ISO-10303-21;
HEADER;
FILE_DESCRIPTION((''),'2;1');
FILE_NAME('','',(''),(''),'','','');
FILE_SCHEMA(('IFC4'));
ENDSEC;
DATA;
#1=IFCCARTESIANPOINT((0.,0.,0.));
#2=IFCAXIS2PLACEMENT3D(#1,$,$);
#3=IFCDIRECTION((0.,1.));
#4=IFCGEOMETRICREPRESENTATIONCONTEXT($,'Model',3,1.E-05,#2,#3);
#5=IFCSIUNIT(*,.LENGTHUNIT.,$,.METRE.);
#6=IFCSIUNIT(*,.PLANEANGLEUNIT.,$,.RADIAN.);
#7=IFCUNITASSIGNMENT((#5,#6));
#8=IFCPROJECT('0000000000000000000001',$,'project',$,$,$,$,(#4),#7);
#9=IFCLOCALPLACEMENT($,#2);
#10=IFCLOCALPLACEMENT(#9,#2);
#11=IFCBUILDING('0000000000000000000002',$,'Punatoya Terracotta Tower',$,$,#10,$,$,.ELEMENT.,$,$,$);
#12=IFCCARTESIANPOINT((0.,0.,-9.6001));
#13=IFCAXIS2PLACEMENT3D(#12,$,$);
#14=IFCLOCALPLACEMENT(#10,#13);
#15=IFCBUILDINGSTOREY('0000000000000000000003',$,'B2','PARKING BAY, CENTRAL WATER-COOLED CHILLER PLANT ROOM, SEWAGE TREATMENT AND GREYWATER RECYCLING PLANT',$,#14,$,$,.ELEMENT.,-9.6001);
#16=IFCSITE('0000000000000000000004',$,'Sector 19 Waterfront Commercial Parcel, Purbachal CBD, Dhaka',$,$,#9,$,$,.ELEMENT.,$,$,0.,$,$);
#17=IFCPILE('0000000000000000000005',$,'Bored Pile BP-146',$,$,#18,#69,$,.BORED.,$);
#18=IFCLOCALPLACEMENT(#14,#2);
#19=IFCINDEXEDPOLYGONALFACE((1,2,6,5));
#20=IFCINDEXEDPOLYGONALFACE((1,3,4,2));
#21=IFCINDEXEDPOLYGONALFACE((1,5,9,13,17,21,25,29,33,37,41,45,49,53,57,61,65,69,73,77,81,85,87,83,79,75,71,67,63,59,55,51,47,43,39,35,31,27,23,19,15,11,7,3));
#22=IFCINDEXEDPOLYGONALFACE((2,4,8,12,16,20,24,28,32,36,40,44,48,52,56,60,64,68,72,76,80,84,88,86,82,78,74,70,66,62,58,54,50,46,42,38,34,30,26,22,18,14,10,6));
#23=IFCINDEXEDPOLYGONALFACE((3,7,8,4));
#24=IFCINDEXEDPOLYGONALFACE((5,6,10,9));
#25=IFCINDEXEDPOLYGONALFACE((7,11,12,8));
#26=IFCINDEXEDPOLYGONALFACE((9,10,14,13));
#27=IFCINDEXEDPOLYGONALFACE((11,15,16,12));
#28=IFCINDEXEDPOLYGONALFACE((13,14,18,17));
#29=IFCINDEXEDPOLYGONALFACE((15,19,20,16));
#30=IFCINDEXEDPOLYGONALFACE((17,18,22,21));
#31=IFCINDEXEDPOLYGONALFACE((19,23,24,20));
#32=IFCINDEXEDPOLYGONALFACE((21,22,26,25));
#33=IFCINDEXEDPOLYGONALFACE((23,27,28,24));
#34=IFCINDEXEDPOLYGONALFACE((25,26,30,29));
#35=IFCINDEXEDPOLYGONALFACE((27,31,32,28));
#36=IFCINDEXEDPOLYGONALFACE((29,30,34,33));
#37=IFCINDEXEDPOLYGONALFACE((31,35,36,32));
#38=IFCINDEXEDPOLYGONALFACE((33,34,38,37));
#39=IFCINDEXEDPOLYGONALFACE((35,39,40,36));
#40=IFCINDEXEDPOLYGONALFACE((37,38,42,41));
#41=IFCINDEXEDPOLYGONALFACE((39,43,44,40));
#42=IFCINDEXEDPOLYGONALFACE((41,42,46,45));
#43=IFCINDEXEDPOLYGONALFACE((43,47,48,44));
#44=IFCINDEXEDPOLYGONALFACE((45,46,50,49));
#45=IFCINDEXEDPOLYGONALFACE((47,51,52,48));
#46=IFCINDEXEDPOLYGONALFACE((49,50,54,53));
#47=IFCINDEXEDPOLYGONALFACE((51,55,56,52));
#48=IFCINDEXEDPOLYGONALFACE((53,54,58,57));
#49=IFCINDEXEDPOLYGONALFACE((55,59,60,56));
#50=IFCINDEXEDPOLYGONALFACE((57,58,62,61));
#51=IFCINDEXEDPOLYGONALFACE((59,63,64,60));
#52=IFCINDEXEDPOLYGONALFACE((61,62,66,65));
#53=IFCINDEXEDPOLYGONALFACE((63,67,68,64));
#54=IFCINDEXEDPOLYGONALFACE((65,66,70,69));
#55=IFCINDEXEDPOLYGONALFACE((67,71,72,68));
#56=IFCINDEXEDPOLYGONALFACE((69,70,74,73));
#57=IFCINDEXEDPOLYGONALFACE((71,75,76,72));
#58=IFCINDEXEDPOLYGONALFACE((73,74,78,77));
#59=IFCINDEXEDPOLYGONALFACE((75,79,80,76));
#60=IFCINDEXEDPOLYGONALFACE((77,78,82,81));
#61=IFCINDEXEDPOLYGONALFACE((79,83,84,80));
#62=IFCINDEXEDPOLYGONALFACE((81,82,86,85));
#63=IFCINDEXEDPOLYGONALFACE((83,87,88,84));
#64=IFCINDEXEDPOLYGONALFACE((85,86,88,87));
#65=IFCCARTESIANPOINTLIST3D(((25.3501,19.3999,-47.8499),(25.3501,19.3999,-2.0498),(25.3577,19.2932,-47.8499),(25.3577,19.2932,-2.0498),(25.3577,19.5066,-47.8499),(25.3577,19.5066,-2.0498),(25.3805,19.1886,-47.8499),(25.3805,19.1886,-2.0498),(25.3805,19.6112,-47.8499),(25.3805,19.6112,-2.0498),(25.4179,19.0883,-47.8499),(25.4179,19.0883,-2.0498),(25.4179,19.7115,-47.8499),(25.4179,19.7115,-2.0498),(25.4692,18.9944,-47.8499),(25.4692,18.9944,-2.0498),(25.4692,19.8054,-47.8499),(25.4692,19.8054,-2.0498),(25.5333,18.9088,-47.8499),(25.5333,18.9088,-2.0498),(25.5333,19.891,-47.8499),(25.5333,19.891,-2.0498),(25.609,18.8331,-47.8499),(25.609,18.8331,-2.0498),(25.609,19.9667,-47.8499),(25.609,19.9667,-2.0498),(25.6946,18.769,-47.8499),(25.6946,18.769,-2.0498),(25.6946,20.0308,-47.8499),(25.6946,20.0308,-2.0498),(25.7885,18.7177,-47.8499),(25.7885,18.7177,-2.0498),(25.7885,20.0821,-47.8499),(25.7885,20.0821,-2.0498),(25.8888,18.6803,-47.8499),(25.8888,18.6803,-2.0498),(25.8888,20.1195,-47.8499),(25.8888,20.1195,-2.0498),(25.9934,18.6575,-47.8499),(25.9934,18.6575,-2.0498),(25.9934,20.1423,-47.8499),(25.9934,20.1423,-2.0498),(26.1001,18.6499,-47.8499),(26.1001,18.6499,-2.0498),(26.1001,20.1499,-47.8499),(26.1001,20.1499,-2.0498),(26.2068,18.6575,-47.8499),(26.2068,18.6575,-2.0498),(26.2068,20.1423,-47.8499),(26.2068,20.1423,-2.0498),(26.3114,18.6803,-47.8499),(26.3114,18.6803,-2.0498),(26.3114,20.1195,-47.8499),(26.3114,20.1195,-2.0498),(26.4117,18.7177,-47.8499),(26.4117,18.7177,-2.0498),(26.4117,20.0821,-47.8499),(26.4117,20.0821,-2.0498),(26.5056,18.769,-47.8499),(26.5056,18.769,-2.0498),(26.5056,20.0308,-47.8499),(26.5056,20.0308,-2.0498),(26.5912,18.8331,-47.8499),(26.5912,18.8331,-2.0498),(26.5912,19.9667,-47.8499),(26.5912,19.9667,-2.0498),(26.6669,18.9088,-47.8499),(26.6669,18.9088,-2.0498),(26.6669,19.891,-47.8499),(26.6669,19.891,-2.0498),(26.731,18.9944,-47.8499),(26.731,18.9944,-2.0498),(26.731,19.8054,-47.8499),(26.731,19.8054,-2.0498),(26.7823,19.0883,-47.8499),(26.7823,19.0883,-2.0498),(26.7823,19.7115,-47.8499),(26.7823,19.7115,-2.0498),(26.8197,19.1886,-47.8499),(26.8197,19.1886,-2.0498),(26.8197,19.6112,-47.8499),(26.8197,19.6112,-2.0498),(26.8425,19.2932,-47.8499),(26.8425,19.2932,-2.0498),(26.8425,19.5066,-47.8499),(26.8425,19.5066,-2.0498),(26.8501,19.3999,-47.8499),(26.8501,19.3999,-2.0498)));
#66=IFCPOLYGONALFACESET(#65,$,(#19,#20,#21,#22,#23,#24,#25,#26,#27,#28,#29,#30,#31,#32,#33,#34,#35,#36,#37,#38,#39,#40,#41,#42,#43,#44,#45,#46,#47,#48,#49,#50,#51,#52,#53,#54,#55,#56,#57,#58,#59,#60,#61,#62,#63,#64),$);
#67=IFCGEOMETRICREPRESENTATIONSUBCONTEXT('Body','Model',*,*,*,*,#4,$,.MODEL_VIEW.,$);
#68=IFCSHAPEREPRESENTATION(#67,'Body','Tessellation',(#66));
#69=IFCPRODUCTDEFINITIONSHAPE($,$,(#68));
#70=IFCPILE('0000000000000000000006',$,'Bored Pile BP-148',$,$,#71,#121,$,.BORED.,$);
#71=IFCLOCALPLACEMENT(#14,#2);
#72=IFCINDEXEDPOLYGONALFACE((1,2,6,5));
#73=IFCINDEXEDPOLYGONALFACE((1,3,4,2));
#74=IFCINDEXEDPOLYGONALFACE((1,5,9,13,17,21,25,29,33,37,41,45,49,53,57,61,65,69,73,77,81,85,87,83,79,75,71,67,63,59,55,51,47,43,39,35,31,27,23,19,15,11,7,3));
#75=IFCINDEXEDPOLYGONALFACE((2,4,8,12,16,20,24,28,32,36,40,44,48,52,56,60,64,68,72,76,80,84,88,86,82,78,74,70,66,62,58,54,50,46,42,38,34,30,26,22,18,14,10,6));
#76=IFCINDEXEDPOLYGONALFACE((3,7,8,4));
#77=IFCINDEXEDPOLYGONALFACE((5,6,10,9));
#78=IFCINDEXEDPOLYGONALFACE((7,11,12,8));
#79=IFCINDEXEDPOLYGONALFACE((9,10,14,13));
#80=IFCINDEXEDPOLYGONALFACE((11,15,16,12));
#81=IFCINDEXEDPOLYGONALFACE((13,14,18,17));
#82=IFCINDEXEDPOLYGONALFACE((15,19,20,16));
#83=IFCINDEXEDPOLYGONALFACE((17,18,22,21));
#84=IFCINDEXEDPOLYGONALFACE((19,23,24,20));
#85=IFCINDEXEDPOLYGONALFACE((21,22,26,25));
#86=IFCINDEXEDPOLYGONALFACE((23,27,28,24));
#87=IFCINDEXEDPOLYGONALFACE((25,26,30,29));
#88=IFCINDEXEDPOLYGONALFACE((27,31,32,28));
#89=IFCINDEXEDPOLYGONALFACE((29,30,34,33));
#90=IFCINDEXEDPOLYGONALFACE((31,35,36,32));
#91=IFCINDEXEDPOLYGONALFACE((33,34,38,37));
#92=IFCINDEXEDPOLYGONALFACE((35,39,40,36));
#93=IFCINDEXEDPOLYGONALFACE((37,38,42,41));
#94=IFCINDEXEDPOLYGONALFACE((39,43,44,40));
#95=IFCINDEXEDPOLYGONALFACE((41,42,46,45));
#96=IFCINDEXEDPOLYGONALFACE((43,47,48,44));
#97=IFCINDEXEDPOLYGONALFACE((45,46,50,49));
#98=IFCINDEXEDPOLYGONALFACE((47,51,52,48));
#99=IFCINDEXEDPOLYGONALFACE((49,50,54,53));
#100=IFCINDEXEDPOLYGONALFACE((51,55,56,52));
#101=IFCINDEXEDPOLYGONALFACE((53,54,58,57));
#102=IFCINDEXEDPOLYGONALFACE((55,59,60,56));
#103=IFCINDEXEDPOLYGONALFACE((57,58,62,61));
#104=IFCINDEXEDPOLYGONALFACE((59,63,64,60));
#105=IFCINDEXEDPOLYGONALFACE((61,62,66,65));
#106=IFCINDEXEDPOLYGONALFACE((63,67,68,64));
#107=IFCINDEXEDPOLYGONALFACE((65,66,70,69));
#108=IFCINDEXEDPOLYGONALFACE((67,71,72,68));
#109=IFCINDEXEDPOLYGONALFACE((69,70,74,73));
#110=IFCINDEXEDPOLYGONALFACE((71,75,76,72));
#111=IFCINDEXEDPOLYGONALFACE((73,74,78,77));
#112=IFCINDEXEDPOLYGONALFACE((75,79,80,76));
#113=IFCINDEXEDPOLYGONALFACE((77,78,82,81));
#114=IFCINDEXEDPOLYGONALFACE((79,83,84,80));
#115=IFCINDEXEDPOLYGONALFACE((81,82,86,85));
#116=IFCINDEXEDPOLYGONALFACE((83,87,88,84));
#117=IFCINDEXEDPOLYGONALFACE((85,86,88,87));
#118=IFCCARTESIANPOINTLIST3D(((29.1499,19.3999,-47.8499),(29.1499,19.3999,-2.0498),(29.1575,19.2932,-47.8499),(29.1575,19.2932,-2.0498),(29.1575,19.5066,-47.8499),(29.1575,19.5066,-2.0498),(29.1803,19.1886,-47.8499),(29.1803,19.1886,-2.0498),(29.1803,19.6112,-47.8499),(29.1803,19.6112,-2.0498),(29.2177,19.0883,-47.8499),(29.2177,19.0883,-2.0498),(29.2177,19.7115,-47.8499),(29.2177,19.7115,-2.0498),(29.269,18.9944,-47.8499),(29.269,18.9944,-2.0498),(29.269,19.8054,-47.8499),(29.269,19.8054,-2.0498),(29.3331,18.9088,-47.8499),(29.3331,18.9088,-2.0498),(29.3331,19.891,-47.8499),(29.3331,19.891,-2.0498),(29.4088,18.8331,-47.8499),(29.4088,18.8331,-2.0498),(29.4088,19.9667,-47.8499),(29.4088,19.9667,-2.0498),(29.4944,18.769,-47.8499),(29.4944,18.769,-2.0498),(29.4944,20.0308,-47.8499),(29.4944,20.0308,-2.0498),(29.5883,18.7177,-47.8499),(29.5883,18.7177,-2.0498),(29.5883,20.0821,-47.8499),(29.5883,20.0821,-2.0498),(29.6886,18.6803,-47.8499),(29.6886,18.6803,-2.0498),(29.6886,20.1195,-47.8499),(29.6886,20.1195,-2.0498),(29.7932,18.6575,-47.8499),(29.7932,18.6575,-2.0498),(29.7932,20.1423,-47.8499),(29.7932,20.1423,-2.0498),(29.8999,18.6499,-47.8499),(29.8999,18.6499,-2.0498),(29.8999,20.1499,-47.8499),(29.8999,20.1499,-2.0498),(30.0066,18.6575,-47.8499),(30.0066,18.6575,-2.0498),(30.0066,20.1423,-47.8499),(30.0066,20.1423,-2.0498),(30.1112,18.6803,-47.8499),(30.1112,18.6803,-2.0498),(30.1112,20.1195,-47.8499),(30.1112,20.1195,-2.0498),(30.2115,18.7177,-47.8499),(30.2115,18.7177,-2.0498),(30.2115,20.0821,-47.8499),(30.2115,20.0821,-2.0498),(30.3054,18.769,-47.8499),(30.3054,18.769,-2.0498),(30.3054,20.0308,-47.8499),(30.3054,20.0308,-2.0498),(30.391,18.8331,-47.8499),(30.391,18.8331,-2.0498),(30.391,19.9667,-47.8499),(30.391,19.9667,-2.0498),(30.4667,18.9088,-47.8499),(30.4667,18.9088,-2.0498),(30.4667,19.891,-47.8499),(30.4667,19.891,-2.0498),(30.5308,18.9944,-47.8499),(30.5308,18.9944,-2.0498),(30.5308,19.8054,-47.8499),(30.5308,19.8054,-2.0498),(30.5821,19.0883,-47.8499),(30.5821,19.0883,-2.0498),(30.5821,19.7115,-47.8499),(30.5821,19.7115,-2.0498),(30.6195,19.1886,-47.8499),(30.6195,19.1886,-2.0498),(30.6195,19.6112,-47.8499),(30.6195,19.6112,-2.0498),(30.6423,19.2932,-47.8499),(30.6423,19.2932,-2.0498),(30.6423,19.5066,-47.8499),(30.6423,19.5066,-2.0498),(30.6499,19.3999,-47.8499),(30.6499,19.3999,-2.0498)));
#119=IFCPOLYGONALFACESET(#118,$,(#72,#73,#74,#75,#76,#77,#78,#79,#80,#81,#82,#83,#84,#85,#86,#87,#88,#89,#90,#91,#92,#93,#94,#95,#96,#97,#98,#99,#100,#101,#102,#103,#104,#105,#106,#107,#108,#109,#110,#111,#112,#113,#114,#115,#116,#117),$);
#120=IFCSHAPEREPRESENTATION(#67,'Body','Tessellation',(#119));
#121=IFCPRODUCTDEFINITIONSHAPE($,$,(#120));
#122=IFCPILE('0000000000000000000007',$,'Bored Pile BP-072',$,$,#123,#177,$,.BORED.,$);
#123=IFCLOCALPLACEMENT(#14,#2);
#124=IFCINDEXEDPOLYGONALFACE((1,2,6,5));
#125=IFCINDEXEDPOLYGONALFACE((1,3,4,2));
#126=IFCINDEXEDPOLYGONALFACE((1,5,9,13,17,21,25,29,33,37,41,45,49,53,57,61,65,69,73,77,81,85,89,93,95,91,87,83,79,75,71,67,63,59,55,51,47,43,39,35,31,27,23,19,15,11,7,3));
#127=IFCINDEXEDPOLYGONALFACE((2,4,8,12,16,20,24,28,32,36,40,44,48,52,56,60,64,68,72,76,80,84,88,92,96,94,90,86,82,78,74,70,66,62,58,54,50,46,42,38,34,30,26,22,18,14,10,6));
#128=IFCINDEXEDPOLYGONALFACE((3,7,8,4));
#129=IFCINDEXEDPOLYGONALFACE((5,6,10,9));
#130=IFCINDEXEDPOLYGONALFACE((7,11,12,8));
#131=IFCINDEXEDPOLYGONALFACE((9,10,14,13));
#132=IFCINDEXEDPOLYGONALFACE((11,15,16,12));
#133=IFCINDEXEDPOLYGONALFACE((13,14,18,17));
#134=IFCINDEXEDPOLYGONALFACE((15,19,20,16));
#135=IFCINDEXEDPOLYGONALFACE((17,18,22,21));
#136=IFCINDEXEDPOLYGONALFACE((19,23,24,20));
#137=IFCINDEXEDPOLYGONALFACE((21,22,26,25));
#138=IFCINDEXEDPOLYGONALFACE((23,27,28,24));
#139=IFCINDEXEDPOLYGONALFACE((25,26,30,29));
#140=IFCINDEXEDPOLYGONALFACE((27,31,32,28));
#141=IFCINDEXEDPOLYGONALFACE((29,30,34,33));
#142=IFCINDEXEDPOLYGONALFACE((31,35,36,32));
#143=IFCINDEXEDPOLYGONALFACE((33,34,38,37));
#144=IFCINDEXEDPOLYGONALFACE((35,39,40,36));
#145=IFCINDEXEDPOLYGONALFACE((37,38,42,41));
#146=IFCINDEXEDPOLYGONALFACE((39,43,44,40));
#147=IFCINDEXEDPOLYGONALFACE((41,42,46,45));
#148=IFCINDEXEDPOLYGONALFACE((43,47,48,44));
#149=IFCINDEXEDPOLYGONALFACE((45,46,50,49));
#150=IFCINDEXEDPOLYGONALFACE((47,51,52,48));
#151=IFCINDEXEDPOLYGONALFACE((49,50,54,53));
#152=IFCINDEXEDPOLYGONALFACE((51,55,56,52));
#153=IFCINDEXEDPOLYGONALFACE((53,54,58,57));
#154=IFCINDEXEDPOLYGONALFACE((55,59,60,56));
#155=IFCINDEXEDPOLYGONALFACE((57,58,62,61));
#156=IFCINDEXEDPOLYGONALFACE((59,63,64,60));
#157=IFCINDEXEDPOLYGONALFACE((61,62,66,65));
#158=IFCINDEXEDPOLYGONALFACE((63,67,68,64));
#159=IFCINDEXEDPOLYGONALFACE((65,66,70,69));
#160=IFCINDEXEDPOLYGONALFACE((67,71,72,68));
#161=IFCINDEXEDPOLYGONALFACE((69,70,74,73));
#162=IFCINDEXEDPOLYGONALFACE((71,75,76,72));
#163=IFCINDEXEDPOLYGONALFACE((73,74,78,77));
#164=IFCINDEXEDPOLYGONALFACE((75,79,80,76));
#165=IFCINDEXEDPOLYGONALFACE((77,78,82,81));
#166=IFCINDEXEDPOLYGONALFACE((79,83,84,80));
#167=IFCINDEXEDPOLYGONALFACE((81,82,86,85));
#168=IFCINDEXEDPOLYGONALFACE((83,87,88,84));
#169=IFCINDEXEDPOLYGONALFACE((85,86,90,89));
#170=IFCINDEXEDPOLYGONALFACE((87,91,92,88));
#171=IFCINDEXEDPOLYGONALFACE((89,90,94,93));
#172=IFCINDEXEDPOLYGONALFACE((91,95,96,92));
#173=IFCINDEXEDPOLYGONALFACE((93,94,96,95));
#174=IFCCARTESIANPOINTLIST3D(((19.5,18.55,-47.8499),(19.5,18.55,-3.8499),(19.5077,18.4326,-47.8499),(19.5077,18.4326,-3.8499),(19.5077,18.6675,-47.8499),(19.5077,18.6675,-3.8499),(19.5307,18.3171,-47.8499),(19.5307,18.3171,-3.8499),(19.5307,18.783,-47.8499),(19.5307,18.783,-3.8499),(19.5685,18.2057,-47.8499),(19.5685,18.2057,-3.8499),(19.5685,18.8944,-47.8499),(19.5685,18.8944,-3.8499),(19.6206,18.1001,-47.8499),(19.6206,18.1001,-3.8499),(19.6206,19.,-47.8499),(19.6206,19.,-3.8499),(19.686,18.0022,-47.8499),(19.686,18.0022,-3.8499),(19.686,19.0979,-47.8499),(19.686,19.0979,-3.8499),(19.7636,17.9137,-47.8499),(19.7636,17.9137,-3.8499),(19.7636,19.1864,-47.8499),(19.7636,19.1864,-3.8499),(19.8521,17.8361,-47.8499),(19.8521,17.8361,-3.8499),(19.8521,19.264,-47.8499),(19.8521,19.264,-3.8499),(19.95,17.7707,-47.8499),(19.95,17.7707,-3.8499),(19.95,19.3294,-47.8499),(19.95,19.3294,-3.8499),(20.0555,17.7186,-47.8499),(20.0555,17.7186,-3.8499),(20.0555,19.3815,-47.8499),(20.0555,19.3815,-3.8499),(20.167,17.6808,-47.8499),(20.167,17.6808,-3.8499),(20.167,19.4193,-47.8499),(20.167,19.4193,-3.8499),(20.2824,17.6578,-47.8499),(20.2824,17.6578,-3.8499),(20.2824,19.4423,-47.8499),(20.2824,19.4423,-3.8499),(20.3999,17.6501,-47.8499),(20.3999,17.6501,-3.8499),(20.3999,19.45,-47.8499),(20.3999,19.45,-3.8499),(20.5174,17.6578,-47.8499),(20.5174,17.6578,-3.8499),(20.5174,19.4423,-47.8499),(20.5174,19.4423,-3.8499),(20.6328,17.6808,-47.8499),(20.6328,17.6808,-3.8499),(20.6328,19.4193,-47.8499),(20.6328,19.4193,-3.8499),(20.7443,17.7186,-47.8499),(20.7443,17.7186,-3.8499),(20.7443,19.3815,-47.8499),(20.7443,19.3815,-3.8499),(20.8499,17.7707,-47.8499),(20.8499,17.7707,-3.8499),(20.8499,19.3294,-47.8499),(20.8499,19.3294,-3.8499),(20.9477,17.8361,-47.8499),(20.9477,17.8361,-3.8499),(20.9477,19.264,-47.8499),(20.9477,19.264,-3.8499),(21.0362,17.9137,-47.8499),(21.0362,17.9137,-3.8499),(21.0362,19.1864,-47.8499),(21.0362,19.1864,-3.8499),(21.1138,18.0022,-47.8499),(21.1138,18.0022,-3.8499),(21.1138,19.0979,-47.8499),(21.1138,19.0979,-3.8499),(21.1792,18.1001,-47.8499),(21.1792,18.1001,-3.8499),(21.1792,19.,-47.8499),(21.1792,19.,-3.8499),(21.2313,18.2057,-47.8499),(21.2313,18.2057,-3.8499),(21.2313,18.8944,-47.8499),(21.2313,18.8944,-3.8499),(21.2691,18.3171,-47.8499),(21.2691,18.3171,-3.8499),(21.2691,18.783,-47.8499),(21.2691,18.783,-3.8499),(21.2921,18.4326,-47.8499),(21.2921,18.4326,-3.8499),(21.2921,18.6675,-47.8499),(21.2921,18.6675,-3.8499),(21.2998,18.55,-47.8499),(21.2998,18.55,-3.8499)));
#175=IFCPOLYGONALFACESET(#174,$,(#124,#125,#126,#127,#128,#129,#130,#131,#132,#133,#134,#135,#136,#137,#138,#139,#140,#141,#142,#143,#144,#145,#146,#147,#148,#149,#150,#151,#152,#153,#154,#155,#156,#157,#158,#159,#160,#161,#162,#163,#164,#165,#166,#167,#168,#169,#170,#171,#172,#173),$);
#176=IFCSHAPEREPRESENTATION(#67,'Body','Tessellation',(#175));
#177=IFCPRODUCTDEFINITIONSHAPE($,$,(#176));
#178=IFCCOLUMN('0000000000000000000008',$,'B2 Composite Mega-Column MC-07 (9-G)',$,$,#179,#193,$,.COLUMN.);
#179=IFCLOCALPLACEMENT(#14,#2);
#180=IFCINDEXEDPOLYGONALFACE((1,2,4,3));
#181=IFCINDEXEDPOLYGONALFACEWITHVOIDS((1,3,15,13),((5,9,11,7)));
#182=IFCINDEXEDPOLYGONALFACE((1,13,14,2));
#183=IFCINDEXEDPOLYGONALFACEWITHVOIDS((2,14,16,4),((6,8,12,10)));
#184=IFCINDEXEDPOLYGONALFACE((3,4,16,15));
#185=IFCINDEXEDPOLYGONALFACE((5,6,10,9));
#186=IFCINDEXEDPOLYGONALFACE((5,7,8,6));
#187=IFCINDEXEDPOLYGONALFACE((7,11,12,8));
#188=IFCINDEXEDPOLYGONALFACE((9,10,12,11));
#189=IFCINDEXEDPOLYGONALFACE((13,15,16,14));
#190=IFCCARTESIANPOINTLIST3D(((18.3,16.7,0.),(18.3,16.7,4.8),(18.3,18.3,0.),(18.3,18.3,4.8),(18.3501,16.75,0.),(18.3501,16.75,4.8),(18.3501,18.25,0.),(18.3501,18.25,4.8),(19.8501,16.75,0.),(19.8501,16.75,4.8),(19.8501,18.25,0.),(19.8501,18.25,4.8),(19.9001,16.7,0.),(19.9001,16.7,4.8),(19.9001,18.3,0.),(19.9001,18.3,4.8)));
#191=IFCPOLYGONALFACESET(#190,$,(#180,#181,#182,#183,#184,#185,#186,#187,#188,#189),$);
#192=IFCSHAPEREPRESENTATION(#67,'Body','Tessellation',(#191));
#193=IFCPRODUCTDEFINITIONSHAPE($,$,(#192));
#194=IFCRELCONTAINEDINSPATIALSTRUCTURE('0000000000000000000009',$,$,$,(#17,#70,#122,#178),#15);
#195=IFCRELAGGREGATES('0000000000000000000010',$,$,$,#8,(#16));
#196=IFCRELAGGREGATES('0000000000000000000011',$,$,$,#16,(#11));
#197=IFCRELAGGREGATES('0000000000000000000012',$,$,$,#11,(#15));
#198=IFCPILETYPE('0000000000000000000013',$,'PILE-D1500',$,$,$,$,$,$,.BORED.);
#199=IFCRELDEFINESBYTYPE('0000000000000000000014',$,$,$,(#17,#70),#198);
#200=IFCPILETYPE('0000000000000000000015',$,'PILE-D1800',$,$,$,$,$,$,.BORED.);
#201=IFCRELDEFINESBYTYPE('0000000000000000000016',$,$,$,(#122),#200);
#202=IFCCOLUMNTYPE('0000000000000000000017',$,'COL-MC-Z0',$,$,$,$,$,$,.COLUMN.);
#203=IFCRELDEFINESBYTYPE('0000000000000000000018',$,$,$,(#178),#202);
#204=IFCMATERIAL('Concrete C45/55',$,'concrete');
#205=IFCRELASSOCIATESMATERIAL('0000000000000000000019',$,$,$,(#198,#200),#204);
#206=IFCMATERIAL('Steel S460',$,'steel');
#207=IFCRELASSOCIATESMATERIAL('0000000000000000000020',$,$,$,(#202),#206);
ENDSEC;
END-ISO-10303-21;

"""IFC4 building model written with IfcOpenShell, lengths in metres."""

from ifc_helpers import new_model, si_unit, direction, frame, origin, origin_2d, place, context, subcontext, project, spatial, hollow_rectangle, circle, extrude, material, material_profile, profile_set, type_object, element, save


model = new_model("IFC4")

# Units and contexts
model_context = context("Model", 3, precision=1e-05, world=origin(), true_north=direction((0.0, 1.0)))
body_context = subcontext(model_context, "Body", "Model", "MODEL_VIEW")
ifc_project = project(units=[si_unit("LENGTHUNIT", "METRE"), si_unit("PLANEANGLEUNIT", "RADIAN")], contexts=[model_context])

# Site, building, storey
site_placement = place(None, origin())
site = spatial("IfcSite", under=ifc_project, at=site_placement, Name="Sector 19 Waterfront Commercial Parcel, Purbachal CBD, Dhaka", CompositionType="ELEMENT", RefElevation=0.0)
building_placement = place(site_placement, origin())
building = spatial("IfcBuilding", under=site, at=building_placement, Name="Punatoya Terracotta Tower", CompositionType="ELEMENT")
storey_placement = place(building_placement, frame((0.0, 0.0, -9.6001)))
storey = spatial("IfcBuildingStorey", under=building, at=storey_placement, Name="B2", Description="PARKING BAY, CENTRAL WATER-COOLED CHILLER PLANT ROOM, SEWAGE TREATMENT AND GREYWATER RECYCLING PLANT", CompositionType="ELEMENT", Elevation=-9.6001)

# Shared definitions
ifc_material_1 = material(Name="Concrete C45/55", Category="concrete")

# Piles
ifc_material_profile_1 = material_profile(ifc_material_1, circle(Radius=0.75, at=origin_2d()))
ifc_profile_set_1 = profile_set([ifc_material_profile_1], Name="Concrete C45/55")
pile_type_1 = type_object("IfcPileType", Name="PILE-D1500", PredefinedType="BORED", material=ifc_profile_set_1)
for number, where, z_axis, x_axis, name in (
    (1, (26.1001, 19.3999, -2.0498), (0.0, 0.0, -1.0), (1.0, 0.0, 0.0), "Bored Pile BP-146"),
    (2, (29.8999, 19.3999, -2.0498), (0.0, 0.0, -1.0), (1.0, 0.0, 0.0), "Bored Pile BP-148"),
):
    element("IfcPile", number, at=place(storey_placement, frame(where, z_axis=z_axis, x_axis=x_axis)), inside=storey, type_object=pile_type_1, Name=name, PredefinedType="BORED", context=body_context, shape_type="SweptSolid", body=[
        extrude(circle(Radius=0.75, at=origin_2d()), origin(), (0.0, 0.0, 1.0), 45.8),
    ])
ifc_material_profile_2 = material_profile(ifc_material_1, circle(Radius=0.8999, at=origin_2d()))
ifc_profile_set_2 = profile_set([ifc_material_profile_2], Name="Concrete C45/55")
pile_type_2 = type_object("IfcPileType", Name="PILE-D1800", PredefinedType="BORED", material=ifc_profile_set_2)
pile_placement = place(storey_placement, frame((20.3999, 18.55, -3.8499), z_axis=(0.0, 0.0, -1.0), x_axis=(1.0, 0.0, 0.0)))
element("IfcPile", 3, at=pile_placement, inside=storey, type_object=pile_type_2, Name="Bored Pile BP-072", PredefinedType="BORED", context=body_context, shape_type="SweptSolid", body=[
    extrude(circle(Radius=0.8999, at=origin_2d()), origin(), (0.0, 0.0, 1.0), 44.0),
])

# Column
ifc_material_2 = material(Name="Steel S460", Category="steel")
ifc_material_profile_3 = material_profile(ifc_material_2, hollow_rectangle(XDim=1.6001, YDim=1.6001, WallThickness=0.05, at=origin_2d()))
ifc_profile_set_3 = profile_set([ifc_material_profile_3], Name="Steel S460")
column_type_1 = type_object("IfcColumnType", Name="COL-MC-Z0", PredefinedType="COLUMN", material=ifc_profile_set_3)
column_1_placement = place(storey_placement, frame((19.1001, 17.5, 0.0), z_axis=(0.0, 0.0, 1.0), x_axis=(1.0, 0.0, 0.0)))
element("IfcColumn", 4, at=column_1_placement, inside=storey, type_object=column_type_1, Name="B2 Composite Mega-Column MC-07 (9-G)", PredefinedType="COLUMN", context=body_context, shape_type="SweptSolid", body=[
    extrude(hollow_rectangle(XDim=1.6001, YDim=1.6001, WallThickness=0.05, at=origin_2d()), origin(), (0.0, 0.0, 1.0), 4.8),
])

save(model, "model.ifc")
